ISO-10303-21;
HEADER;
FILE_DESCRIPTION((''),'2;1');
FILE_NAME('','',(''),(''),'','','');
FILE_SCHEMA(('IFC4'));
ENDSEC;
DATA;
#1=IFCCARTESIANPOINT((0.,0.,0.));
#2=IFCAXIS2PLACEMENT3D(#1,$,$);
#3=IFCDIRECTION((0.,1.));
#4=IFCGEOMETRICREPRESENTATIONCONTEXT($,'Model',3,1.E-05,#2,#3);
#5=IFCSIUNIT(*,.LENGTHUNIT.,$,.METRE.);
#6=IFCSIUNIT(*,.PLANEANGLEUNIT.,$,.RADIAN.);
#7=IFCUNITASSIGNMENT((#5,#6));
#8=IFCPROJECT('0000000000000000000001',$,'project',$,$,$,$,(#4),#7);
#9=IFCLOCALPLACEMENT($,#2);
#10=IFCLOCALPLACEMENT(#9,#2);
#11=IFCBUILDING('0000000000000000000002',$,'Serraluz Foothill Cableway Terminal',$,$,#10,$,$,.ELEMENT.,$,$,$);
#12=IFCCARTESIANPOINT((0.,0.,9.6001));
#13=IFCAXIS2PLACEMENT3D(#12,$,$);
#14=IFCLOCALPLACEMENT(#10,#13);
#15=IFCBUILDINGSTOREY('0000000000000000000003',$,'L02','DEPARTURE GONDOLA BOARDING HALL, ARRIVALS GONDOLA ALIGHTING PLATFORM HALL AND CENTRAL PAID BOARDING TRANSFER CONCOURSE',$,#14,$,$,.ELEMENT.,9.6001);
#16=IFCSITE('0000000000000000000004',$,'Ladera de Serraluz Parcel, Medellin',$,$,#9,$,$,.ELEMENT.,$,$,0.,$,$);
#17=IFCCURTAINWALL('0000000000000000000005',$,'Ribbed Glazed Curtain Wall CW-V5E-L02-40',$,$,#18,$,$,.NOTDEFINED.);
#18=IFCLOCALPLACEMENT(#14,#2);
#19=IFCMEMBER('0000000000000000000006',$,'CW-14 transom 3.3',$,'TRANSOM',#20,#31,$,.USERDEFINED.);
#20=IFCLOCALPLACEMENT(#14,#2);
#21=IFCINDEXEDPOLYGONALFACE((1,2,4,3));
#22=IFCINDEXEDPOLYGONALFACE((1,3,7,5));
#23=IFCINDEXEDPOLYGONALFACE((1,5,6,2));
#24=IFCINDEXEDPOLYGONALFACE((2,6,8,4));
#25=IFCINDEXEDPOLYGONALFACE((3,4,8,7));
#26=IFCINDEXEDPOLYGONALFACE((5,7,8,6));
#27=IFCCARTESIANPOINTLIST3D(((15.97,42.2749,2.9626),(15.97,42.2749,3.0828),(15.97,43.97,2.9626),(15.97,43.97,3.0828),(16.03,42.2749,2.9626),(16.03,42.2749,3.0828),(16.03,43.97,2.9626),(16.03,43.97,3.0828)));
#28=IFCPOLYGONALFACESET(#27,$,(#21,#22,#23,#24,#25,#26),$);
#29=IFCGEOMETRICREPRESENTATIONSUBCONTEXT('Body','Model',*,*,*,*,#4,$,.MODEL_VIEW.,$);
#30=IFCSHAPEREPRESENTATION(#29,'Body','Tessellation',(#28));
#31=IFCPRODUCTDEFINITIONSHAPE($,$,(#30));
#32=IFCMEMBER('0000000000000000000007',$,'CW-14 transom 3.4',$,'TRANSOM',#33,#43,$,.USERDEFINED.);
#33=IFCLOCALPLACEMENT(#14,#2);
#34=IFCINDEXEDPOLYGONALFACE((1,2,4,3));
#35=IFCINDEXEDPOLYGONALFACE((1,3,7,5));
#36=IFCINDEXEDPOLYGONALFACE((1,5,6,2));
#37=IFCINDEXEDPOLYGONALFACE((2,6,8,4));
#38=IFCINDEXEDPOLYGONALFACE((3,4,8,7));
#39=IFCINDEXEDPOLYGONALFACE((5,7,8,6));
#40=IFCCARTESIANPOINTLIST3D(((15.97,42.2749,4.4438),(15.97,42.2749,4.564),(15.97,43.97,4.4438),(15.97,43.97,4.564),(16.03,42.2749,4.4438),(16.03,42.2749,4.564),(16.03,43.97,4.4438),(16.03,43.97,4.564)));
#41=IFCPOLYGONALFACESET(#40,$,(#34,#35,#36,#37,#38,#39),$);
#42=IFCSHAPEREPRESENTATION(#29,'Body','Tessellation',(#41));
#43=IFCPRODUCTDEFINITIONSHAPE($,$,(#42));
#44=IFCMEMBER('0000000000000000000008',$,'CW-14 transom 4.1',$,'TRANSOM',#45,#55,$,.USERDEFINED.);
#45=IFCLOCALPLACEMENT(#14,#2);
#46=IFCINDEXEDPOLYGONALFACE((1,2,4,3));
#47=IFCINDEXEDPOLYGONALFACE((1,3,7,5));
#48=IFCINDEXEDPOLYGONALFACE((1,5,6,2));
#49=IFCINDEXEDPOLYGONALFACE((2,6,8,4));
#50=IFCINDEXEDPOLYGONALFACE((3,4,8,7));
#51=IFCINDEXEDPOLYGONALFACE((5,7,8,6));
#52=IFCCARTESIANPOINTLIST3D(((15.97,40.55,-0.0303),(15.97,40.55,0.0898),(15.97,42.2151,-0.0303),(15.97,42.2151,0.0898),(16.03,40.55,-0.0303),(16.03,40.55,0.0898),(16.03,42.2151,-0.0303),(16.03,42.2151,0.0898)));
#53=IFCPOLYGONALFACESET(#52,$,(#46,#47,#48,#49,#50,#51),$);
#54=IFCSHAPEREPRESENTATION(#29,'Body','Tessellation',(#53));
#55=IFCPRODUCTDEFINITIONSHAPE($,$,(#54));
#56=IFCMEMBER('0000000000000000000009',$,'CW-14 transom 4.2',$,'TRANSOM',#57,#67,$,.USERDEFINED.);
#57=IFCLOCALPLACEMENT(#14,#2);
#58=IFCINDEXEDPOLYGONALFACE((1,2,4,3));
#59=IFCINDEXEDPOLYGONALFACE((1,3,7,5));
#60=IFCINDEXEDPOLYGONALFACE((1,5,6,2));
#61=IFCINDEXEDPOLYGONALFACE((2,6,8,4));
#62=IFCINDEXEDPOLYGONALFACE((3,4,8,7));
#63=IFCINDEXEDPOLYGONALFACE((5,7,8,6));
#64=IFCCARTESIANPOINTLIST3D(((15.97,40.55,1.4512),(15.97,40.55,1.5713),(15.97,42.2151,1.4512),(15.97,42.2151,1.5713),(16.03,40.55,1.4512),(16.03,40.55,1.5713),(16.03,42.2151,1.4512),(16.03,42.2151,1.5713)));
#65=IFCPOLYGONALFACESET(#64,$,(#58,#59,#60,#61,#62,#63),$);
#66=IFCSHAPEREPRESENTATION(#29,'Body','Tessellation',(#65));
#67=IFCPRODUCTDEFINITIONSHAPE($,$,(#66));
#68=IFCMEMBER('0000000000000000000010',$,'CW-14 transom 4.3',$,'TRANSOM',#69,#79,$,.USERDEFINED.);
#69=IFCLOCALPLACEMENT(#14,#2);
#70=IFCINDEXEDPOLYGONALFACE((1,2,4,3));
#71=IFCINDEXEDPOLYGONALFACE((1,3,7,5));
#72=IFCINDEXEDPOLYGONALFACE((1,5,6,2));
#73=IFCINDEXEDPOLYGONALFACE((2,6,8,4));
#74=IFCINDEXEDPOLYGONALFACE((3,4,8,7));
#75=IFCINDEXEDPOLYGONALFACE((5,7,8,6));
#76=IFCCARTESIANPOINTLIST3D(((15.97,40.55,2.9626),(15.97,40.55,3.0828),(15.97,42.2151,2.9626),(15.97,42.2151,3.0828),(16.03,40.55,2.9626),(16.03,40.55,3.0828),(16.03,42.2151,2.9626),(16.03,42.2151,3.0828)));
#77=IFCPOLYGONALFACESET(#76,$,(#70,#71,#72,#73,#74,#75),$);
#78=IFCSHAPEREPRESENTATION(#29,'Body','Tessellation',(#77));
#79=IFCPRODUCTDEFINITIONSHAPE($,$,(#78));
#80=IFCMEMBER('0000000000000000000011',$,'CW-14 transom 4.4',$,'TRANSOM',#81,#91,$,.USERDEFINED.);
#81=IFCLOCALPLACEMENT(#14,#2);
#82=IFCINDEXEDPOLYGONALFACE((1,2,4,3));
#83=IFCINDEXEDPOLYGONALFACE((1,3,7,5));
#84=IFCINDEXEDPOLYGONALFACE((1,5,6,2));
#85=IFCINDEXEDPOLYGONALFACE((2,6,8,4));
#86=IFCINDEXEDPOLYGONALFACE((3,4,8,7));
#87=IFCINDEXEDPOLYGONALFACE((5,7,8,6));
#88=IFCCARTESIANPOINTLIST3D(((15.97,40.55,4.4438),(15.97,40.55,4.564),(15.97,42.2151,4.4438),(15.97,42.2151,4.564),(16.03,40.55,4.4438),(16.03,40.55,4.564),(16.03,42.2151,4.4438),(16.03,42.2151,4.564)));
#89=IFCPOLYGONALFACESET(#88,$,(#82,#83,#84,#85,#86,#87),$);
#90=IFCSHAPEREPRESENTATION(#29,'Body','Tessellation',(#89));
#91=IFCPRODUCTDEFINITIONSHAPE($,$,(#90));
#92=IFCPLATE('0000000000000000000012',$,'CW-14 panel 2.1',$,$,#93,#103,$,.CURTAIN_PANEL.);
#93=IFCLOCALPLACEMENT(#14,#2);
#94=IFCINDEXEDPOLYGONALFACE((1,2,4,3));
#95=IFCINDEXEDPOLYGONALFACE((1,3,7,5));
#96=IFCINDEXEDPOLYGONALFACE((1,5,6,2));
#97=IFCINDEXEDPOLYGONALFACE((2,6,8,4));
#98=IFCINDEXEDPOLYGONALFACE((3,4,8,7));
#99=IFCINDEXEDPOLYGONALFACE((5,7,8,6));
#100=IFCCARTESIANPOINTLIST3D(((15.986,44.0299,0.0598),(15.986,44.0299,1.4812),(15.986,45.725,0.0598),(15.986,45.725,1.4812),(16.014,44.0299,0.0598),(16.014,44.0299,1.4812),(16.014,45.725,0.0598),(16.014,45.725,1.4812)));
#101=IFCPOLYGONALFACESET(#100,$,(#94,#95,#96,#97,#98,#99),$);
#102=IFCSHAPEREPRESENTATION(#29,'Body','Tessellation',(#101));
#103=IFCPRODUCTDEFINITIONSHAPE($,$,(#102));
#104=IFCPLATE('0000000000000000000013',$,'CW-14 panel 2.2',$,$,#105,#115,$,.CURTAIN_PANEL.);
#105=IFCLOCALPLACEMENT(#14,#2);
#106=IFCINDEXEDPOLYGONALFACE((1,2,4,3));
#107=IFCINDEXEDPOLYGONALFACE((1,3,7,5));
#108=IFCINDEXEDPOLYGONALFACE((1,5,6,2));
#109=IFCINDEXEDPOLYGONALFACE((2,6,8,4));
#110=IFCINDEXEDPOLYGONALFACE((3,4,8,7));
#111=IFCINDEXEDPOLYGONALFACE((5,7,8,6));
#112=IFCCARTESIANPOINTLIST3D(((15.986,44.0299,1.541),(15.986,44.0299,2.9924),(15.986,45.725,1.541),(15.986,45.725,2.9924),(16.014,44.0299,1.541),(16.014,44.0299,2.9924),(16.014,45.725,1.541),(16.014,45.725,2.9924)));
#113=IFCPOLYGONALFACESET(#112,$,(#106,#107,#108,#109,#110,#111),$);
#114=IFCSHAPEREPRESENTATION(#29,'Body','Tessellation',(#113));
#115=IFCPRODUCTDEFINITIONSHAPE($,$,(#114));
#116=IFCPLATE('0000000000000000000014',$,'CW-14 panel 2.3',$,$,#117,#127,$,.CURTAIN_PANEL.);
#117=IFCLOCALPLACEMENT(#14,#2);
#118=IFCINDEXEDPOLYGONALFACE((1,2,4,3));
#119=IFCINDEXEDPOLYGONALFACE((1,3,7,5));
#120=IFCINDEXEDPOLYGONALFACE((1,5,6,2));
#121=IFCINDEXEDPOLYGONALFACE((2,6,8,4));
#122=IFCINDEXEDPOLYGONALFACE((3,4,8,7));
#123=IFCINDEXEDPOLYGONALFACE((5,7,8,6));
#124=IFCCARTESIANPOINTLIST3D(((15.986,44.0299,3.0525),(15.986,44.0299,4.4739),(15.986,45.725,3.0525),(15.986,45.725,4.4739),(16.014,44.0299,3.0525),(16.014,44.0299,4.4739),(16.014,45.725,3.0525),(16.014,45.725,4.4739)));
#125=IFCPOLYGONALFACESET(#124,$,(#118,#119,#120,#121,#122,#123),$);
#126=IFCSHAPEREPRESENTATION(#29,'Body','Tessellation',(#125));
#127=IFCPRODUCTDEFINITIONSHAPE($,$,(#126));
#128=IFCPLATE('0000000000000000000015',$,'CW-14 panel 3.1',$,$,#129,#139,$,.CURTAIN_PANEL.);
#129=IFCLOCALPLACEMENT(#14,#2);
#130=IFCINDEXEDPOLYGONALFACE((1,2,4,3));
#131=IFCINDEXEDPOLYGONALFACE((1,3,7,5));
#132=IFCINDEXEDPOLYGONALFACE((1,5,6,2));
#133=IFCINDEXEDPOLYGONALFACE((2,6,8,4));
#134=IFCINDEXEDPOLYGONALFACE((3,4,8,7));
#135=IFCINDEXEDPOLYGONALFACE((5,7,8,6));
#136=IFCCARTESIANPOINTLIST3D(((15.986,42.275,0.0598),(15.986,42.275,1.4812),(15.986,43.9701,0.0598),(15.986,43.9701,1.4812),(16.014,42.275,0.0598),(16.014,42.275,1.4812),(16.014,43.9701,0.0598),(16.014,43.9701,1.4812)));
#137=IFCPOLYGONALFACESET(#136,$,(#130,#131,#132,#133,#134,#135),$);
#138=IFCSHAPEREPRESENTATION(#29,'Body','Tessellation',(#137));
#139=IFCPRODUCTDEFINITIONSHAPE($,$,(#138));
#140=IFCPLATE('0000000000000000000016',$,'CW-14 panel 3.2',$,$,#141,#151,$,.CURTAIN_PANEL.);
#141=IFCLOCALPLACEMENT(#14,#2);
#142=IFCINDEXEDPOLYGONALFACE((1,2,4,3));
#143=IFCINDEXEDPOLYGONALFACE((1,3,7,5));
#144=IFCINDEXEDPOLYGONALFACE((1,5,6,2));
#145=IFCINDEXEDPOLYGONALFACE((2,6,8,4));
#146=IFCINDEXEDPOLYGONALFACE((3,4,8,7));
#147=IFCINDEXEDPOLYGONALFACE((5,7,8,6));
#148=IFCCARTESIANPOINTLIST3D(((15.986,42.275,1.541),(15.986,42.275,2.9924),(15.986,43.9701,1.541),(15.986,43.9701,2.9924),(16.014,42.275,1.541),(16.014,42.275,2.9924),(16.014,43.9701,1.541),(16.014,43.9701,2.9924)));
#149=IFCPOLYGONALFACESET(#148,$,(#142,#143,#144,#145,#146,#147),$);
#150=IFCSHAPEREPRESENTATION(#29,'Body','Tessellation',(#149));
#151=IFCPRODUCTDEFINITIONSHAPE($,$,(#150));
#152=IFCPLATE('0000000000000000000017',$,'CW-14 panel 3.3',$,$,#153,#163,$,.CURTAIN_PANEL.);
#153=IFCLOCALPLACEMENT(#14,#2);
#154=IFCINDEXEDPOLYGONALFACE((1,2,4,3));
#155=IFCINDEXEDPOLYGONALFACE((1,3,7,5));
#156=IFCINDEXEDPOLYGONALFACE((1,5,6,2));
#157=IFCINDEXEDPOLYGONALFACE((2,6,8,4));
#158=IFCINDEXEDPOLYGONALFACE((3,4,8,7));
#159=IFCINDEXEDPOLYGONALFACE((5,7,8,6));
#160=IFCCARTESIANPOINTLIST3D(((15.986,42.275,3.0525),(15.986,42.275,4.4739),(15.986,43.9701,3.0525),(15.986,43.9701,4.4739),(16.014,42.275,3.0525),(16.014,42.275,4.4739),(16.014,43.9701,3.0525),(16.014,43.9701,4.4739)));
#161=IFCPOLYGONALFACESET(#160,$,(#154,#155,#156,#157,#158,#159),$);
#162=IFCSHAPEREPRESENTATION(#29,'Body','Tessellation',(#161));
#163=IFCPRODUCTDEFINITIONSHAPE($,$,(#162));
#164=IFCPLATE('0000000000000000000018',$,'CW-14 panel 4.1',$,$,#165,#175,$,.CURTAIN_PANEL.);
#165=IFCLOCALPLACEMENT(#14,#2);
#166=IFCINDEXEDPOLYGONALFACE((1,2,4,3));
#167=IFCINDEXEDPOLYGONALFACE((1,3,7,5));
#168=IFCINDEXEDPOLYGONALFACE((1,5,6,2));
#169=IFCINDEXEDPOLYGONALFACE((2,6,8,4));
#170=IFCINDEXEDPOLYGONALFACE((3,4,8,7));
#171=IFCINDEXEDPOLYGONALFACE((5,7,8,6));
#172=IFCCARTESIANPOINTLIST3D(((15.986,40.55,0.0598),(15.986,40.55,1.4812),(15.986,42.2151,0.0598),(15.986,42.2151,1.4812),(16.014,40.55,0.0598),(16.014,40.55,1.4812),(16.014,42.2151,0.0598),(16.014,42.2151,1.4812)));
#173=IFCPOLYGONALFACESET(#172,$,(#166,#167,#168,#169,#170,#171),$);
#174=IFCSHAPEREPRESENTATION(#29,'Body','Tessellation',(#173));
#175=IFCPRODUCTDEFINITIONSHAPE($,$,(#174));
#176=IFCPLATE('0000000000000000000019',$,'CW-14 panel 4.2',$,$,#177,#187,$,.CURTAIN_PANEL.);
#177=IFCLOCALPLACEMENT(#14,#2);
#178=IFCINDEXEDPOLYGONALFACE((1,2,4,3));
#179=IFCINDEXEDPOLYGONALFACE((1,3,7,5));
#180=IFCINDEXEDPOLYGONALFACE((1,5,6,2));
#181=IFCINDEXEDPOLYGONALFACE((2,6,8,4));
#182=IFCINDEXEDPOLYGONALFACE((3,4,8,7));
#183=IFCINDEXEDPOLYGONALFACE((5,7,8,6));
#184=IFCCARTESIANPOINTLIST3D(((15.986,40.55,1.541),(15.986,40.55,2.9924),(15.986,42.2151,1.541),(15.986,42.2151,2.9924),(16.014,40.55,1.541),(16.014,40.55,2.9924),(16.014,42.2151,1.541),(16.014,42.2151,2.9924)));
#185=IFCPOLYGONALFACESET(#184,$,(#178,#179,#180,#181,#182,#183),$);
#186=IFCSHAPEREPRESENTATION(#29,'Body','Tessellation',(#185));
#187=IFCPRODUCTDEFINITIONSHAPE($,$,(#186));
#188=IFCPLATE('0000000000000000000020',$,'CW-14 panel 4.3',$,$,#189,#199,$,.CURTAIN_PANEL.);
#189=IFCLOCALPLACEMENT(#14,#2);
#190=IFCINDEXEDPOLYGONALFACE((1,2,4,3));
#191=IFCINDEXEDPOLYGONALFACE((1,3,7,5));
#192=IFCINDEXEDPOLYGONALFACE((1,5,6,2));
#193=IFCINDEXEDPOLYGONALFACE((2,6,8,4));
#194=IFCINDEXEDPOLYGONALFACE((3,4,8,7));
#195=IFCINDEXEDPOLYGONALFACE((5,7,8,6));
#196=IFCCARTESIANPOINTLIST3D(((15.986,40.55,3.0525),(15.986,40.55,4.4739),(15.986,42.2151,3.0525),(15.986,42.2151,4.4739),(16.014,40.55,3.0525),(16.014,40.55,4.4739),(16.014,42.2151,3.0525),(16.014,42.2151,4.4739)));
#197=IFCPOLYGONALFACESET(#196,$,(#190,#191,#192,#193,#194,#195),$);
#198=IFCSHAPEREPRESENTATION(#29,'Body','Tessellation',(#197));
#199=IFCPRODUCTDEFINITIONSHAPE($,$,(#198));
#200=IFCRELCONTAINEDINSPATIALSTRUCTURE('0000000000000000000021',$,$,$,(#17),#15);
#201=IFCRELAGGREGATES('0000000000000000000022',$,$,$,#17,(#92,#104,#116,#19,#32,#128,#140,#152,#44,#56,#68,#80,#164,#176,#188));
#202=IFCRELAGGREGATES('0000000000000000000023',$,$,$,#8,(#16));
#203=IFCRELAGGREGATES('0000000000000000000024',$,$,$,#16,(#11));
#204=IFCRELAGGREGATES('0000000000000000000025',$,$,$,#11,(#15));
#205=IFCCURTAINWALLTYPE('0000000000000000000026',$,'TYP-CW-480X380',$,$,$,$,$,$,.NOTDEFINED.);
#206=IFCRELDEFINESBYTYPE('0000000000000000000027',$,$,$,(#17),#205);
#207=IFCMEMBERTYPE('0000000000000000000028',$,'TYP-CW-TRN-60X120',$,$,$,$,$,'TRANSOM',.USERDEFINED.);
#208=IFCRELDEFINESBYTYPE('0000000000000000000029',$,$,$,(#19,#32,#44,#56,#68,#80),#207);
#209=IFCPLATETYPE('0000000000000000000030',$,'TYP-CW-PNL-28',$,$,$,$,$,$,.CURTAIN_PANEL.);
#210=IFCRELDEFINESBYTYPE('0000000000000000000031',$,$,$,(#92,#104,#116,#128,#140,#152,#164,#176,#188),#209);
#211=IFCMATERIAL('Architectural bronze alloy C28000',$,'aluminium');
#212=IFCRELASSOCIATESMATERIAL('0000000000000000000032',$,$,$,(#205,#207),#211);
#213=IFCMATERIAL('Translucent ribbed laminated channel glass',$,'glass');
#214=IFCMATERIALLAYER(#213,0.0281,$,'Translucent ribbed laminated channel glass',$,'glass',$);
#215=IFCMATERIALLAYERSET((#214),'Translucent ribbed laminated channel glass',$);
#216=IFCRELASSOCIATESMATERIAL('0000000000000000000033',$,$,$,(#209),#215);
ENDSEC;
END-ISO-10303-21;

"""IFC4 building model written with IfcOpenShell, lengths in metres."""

from ifc_helpers import new_model, si_unit, direction, frame, origin, origin_2d, place, context, subcontext, project, spatial, rectangle, extrude, material, layer, layer_set, material_profile, profile_set, type_object, element, aggregate, save


model = new_model("IFC4")

# Units and contexts
model_context = context("Model", 3, precision=1e-05, world=origin(), true_north=direction((0.0, 1.0)))
body_context = subcontext(model_context, "Body", "Model", "MODEL_VIEW")
ifc_project = project(units=[si_unit("LENGTHUNIT", "METRE"), si_unit("PLANEANGLEUNIT", "RADIAN")], contexts=[model_context])

# Site, building, storey
site_placement = place(None, origin())
site = spatial("IfcSite", under=ifc_project, at=site_placement, Name="Ladera de Serraluz Parcel, Medellin", CompositionType="ELEMENT", RefElevation=0.0)
building_placement = place(site_placement, origin())
building = spatial("IfcBuilding", under=site, at=building_placement, Name="Serraluz Foothill Cableway Terminal", CompositionType="ELEMENT")
storey_placement = place(building_placement, frame((0.0, 0.0, 9.6001)))
storey = spatial("IfcBuildingStorey", under=building, at=storey_placement, Name="L02", Description="DEPARTURE GONDOLA BOARDING HALL, ARRIVALS GONDOLA ALIGHTING PLATFORM HALL AND CENTRAL PAID BOARDING TRANSFER CONCOURSE", CompositionType="ELEMENT", Elevation=9.6001)

# Shared definitions
ifc_material_1 = material(Name="Architectural bronze alloy C28000", Category="aluminium")

# Curtain wall
curtain_wall_type_1 = type_object("IfcCurtainWallType", Name="TYP-CW-480X380", PredefinedType="NOTDEFINED", material=ifc_material_1)
curtain_wall_1_placement = place(storey_placement, origin())
curtain_wall_1 = element("IfcCurtainWall", 1, at=curtain_wall_1_placement, inside=storey, type_object=curtain_wall_type_1, Name="Ribbed Glazed Curtain Wall CW-V5E-L02-40", PredefinedType="NOTDEFINED")

# Members
ifc_material_profile_1 = material_profile(ifc_material_1, rectangle(XDim=0.0601, YDim=0.1201, at=origin_2d()), Name="ALU TRANSOM 60x120")
ifc_profile_set_1 = profile_set([ifc_material_profile_1], Name="Architectural bronze alloy C28000")
member_type_1 = type_object("IfcMemberType", Name="TYP-CW-TRN-60X120", ElementType="TRANSOM", PredefinedType="USERDEFINED", material=ifc_profile_set_1)
member_1_placement = place(storey_placement, frame((16.0, 43.97, 3.0227), z_axis=(0.0, -1.0, 0.0), x_axis=(1.0, 0.0, 0.0)))
member_1 = element("IfcMember", 2, at=member_1_placement, type_object=member_type_1, Name="CW-14 transom 3.3", ObjectType="TRANSOM", PredefinedType="USERDEFINED", context=body_context, shape_type="SweptSolid", body=[
    extrude(rectangle(XDim=0.0601, YDim=0.1201, at=origin_2d()), origin(), (0.0, 0.0, 1.0), 1.6951),
])
member_2_placement = place(storey_placement, frame((16.0, 43.97, 4.5039), z_axis=(0.0, -1.0, 0.0), x_axis=(1.0, 0.0, 0.0)))
member_2 = element("IfcMember", 3, at=member_2_placement, type_object=member_type_1, Name="CW-14 transom 3.4", ObjectType="TRANSOM", PredefinedType="USERDEFINED", context=body_context, shape_type="SweptSolid", body=[
    extrude(rectangle(XDim=0.0601, YDim=0.1201, at=origin_2d()), origin(), (0.0, 0.0, 1.0), 1.6951),
])
member_3_placement = place(storey_placement, frame((16.0, 42.2151, 0.0298), z_axis=(0.0, -1.0, 0.0), x_axis=(1.0, 0.0, 0.0)))
member_3 = element("IfcMember", 4, at=member_3_placement, type_object=member_type_1, Name="CW-14 transom 4.1", ObjectType="TRANSOM", PredefinedType="USERDEFINED", context=body_context, shape_type="SweptSolid", body=[
    extrude(rectangle(XDim=0.0601, YDim=0.1201, at=origin_2d()), origin(), (0.0, 0.0, 1.0), 1.665),
])
member_4_placement = place(storey_placement, frame((16.0, 42.2151, 1.5112), z_axis=(0.0, -1.0, 0.0), x_axis=(1.0, 0.0, 0.0)))
member_4 = element("IfcMember", 5, at=member_4_placement, type_object=member_type_1, Name="CW-14 transom 4.2", ObjectType="TRANSOM", PredefinedType="USERDEFINED", context=body_context, shape_type="SweptSolid", body=[
    extrude(rectangle(XDim=0.0601, YDim=0.1201, at=origin_2d()), origin(), (0.0, 0.0, 1.0), 1.665),
])
member_5_placement = place(storey_placement, frame((16.0, 42.2151, 3.0227), z_axis=(0.0, -1.0, 0.0), x_axis=(1.0, 0.0, 0.0)))
member_5 = element("IfcMember", 6, at=member_5_placement, type_object=member_type_1, Name="CW-14 transom 4.3", ObjectType="TRANSOM", PredefinedType="USERDEFINED", context=body_context, shape_type="SweptSolid", body=[
    extrude(rectangle(XDim=0.0601, YDim=0.1201, at=origin_2d()), origin(), (0.0, 0.0, 1.0), 1.665),
])
member_6_placement = place(storey_placement, frame((16.0, 42.2151, 4.5039), z_axis=(0.0, -1.0, 0.0), x_axis=(1.0, 0.0, 0.0)))
member_6 = element("IfcMember", 7, at=member_6_placement, type_object=member_type_1, Name="CW-14 transom 4.4", ObjectType="TRANSOM", PredefinedType="USERDEFINED", context=body_context, shape_type="SweptSolid", body=[
    extrude(rectangle(XDim=0.0601, YDim=0.1201, at=origin_2d()), origin(), (0.0, 0.0, 1.0), 1.665),
])

# Plates
ifc_material_2 = material(Name="Translucent ribbed laminated channel glass", Category="glass")
ifc_layer = layer(ifc_material_2, 0.0281, Name="Translucent ribbed laminated channel glass", Category="glass")
ifc_layer_set = layer_set([ifc_layer], Name="Translucent ribbed laminated channel glass")
plate_type = type_object("IfcPlateType", Name="TYP-CW-PNL-28", PredefinedType="CURTAIN_PANEL", material=ifc_layer_set)
plate_1_placement = place(storey_placement, frame((16.0, 44.8774, 0.0598), z_axis=(0.0, 0.0, 1.0), x_axis=(0.0, -1.0, 0.0)))
plate_1 = element("IfcPlate", 8, at=plate_1_placement, type_object=plate_type, Name="CW-14 panel 2.1", PredefinedType="CURTAIN_PANEL", context=body_context, shape_type="SweptSolid", body=[
    extrude(rectangle(XDim=1.6951, YDim=0.0281, at=origin_2d()), origin(), (0.0, 0.0, 1.0), 1.4214),
])
plate_2_placement = place(storey_placement, frame((16.0, 44.8774, 1.541), z_axis=(0.0, 0.0, 1.0), x_axis=(0.0, -1.0, 0.0)))
plate_2 = element("IfcPlate", 9, at=plate_2_placement, type_object=plate_type, Name="CW-14 panel 2.2", PredefinedType="CURTAIN_PANEL", context=body_context, shape_type="SweptSolid", body=[
    extrude(rectangle(XDim=1.6951, YDim=0.0281, at=origin_2d()), origin(), (0.0, 0.0, 1.0), 1.4514),
])
plate_3_placement = place(storey_placement, frame((16.0, 44.8774, 3.0525), z_axis=(0.0, 0.0, 1.0), x_axis=(0.0, -1.0, 0.0)))
plate_3 = element("IfcPlate", 10, at=plate_3_placement, type_object=plate_type, Name="CW-14 panel 2.3", PredefinedType="CURTAIN_PANEL", context=body_context, shape_type="SweptSolid", body=[
    extrude(rectangle(XDim=1.6951, YDim=0.0281, at=origin_2d()), origin(), (0.0, 0.0, 1.0), 1.4214),
])
plate_4_placement = place(storey_placement, frame((16.0, 43.1226, 0.0598), z_axis=(0.0, 0.0, 1.0), x_axis=(0.0, -1.0, 0.0)))
plate_4 = element("IfcPlate", 11, at=plate_4_placement, type_object=plate_type, Name="CW-14 panel 3.1", PredefinedType="CURTAIN_PANEL", context=body_context, shape_type="SweptSolid", body=[
    extrude(rectangle(XDim=1.6951, YDim=0.0281, at=origin_2d()), origin(), (0.0, 0.0, 1.0), 1.4214),
])
plate_5_placement = place(storey_placement, frame((16.0, 43.1226, 1.541), z_axis=(0.0, 0.0, 1.0), x_axis=(0.0, -1.0, 0.0)))
plate_5 = element("IfcPlate", 12, at=plate_5_placement, type_object=plate_type, Name="CW-14 panel 3.2", PredefinedType="CURTAIN_PANEL", context=body_context, shape_type="SweptSolid", body=[
    extrude(rectangle(XDim=1.6951, YDim=0.0281, at=origin_2d()), origin(), (0.0, 0.0, 1.0), 1.4514),
])
plate_6_placement = place(storey_placement, frame((16.0, 43.1226, 3.0525), z_axis=(0.0, 0.0, 1.0), x_axis=(0.0, -1.0, 0.0)))
plate_6 = element("IfcPlate", 13, at=plate_6_placement, type_object=plate_type, Name="CW-14 panel 3.3", PredefinedType="CURTAIN_PANEL", context=body_context, shape_type="SweptSolid", body=[
    extrude(rectangle(XDim=1.6951, YDim=0.0281, at=origin_2d()), origin(), (0.0, 0.0, 1.0), 1.4214),
])
plate_7_placement = place(storey_placement, frame((16.0, 41.3826, 0.0598), z_axis=(0.0, 0.0, 1.0), x_axis=(0.0, -1.0, 0.0)))
plate_7 = element("IfcPlate", 14, at=plate_7_placement, type_object=plate_type, Name="CW-14 panel 4.1", PredefinedType="CURTAIN_PANEL", context=body_context, shape_type="SweptSolid", body=[
    extrude(rectangle(XDim=1.665, YDim=0.0281, at=origin_2d()), origin(), (0.0, 0.0, 1.0), 1.4214),
])
plate_8_placement = place(storey_placement, frame((16.0, 41.3826, 1.541), z_axis=(0.0, 0.0, 1.0), x_axis=(0.0, -1.0, 0.0)))
plate_8 = element("IfcPlate", 15, at=plate_8_placement, type_object=plate_type, Name="CW-14 panel 4.2", PredefinedType="CURTAIN_PANEL", context=body_context, shape_type="SweptSolid", body=[
    extrude(rectangle(XDim=1.665, YDim=0.0281, at=origin_2d()), origin(), (0.0, 0.0, 1.0), 1.4514),
])
plate_9_placement = place(storey_placement, frame((16.0, 41.3826, 3.0525), z_axis=(0.0, 0.0, 1.0), x_axis=(0.0, -1.0, 0.0)))
plate_9 = element("IfcPlate", 16, at=plate_9_placement, type_object=plate_type, Name="CW-14 panel 4.3", PredefinedType="CURTAIN_PANEL", context=body_context, shape_type="SweptSolid", body=[
    extrude(rectangle(XDim=1.665, YDim=0.0281, at=origin_2d()), origin(), (0.0, 0.0, 1.0), 1.4214),
])
aggregate(curtain_wall_1, [plate_1, plate_2, plate_3, member_1, member_2, plate_4, plate_5, plate_6, member_3, member_4, member_5, member_6, plate_7, plate_8, plate_9])

save(model, "model.ifc")
